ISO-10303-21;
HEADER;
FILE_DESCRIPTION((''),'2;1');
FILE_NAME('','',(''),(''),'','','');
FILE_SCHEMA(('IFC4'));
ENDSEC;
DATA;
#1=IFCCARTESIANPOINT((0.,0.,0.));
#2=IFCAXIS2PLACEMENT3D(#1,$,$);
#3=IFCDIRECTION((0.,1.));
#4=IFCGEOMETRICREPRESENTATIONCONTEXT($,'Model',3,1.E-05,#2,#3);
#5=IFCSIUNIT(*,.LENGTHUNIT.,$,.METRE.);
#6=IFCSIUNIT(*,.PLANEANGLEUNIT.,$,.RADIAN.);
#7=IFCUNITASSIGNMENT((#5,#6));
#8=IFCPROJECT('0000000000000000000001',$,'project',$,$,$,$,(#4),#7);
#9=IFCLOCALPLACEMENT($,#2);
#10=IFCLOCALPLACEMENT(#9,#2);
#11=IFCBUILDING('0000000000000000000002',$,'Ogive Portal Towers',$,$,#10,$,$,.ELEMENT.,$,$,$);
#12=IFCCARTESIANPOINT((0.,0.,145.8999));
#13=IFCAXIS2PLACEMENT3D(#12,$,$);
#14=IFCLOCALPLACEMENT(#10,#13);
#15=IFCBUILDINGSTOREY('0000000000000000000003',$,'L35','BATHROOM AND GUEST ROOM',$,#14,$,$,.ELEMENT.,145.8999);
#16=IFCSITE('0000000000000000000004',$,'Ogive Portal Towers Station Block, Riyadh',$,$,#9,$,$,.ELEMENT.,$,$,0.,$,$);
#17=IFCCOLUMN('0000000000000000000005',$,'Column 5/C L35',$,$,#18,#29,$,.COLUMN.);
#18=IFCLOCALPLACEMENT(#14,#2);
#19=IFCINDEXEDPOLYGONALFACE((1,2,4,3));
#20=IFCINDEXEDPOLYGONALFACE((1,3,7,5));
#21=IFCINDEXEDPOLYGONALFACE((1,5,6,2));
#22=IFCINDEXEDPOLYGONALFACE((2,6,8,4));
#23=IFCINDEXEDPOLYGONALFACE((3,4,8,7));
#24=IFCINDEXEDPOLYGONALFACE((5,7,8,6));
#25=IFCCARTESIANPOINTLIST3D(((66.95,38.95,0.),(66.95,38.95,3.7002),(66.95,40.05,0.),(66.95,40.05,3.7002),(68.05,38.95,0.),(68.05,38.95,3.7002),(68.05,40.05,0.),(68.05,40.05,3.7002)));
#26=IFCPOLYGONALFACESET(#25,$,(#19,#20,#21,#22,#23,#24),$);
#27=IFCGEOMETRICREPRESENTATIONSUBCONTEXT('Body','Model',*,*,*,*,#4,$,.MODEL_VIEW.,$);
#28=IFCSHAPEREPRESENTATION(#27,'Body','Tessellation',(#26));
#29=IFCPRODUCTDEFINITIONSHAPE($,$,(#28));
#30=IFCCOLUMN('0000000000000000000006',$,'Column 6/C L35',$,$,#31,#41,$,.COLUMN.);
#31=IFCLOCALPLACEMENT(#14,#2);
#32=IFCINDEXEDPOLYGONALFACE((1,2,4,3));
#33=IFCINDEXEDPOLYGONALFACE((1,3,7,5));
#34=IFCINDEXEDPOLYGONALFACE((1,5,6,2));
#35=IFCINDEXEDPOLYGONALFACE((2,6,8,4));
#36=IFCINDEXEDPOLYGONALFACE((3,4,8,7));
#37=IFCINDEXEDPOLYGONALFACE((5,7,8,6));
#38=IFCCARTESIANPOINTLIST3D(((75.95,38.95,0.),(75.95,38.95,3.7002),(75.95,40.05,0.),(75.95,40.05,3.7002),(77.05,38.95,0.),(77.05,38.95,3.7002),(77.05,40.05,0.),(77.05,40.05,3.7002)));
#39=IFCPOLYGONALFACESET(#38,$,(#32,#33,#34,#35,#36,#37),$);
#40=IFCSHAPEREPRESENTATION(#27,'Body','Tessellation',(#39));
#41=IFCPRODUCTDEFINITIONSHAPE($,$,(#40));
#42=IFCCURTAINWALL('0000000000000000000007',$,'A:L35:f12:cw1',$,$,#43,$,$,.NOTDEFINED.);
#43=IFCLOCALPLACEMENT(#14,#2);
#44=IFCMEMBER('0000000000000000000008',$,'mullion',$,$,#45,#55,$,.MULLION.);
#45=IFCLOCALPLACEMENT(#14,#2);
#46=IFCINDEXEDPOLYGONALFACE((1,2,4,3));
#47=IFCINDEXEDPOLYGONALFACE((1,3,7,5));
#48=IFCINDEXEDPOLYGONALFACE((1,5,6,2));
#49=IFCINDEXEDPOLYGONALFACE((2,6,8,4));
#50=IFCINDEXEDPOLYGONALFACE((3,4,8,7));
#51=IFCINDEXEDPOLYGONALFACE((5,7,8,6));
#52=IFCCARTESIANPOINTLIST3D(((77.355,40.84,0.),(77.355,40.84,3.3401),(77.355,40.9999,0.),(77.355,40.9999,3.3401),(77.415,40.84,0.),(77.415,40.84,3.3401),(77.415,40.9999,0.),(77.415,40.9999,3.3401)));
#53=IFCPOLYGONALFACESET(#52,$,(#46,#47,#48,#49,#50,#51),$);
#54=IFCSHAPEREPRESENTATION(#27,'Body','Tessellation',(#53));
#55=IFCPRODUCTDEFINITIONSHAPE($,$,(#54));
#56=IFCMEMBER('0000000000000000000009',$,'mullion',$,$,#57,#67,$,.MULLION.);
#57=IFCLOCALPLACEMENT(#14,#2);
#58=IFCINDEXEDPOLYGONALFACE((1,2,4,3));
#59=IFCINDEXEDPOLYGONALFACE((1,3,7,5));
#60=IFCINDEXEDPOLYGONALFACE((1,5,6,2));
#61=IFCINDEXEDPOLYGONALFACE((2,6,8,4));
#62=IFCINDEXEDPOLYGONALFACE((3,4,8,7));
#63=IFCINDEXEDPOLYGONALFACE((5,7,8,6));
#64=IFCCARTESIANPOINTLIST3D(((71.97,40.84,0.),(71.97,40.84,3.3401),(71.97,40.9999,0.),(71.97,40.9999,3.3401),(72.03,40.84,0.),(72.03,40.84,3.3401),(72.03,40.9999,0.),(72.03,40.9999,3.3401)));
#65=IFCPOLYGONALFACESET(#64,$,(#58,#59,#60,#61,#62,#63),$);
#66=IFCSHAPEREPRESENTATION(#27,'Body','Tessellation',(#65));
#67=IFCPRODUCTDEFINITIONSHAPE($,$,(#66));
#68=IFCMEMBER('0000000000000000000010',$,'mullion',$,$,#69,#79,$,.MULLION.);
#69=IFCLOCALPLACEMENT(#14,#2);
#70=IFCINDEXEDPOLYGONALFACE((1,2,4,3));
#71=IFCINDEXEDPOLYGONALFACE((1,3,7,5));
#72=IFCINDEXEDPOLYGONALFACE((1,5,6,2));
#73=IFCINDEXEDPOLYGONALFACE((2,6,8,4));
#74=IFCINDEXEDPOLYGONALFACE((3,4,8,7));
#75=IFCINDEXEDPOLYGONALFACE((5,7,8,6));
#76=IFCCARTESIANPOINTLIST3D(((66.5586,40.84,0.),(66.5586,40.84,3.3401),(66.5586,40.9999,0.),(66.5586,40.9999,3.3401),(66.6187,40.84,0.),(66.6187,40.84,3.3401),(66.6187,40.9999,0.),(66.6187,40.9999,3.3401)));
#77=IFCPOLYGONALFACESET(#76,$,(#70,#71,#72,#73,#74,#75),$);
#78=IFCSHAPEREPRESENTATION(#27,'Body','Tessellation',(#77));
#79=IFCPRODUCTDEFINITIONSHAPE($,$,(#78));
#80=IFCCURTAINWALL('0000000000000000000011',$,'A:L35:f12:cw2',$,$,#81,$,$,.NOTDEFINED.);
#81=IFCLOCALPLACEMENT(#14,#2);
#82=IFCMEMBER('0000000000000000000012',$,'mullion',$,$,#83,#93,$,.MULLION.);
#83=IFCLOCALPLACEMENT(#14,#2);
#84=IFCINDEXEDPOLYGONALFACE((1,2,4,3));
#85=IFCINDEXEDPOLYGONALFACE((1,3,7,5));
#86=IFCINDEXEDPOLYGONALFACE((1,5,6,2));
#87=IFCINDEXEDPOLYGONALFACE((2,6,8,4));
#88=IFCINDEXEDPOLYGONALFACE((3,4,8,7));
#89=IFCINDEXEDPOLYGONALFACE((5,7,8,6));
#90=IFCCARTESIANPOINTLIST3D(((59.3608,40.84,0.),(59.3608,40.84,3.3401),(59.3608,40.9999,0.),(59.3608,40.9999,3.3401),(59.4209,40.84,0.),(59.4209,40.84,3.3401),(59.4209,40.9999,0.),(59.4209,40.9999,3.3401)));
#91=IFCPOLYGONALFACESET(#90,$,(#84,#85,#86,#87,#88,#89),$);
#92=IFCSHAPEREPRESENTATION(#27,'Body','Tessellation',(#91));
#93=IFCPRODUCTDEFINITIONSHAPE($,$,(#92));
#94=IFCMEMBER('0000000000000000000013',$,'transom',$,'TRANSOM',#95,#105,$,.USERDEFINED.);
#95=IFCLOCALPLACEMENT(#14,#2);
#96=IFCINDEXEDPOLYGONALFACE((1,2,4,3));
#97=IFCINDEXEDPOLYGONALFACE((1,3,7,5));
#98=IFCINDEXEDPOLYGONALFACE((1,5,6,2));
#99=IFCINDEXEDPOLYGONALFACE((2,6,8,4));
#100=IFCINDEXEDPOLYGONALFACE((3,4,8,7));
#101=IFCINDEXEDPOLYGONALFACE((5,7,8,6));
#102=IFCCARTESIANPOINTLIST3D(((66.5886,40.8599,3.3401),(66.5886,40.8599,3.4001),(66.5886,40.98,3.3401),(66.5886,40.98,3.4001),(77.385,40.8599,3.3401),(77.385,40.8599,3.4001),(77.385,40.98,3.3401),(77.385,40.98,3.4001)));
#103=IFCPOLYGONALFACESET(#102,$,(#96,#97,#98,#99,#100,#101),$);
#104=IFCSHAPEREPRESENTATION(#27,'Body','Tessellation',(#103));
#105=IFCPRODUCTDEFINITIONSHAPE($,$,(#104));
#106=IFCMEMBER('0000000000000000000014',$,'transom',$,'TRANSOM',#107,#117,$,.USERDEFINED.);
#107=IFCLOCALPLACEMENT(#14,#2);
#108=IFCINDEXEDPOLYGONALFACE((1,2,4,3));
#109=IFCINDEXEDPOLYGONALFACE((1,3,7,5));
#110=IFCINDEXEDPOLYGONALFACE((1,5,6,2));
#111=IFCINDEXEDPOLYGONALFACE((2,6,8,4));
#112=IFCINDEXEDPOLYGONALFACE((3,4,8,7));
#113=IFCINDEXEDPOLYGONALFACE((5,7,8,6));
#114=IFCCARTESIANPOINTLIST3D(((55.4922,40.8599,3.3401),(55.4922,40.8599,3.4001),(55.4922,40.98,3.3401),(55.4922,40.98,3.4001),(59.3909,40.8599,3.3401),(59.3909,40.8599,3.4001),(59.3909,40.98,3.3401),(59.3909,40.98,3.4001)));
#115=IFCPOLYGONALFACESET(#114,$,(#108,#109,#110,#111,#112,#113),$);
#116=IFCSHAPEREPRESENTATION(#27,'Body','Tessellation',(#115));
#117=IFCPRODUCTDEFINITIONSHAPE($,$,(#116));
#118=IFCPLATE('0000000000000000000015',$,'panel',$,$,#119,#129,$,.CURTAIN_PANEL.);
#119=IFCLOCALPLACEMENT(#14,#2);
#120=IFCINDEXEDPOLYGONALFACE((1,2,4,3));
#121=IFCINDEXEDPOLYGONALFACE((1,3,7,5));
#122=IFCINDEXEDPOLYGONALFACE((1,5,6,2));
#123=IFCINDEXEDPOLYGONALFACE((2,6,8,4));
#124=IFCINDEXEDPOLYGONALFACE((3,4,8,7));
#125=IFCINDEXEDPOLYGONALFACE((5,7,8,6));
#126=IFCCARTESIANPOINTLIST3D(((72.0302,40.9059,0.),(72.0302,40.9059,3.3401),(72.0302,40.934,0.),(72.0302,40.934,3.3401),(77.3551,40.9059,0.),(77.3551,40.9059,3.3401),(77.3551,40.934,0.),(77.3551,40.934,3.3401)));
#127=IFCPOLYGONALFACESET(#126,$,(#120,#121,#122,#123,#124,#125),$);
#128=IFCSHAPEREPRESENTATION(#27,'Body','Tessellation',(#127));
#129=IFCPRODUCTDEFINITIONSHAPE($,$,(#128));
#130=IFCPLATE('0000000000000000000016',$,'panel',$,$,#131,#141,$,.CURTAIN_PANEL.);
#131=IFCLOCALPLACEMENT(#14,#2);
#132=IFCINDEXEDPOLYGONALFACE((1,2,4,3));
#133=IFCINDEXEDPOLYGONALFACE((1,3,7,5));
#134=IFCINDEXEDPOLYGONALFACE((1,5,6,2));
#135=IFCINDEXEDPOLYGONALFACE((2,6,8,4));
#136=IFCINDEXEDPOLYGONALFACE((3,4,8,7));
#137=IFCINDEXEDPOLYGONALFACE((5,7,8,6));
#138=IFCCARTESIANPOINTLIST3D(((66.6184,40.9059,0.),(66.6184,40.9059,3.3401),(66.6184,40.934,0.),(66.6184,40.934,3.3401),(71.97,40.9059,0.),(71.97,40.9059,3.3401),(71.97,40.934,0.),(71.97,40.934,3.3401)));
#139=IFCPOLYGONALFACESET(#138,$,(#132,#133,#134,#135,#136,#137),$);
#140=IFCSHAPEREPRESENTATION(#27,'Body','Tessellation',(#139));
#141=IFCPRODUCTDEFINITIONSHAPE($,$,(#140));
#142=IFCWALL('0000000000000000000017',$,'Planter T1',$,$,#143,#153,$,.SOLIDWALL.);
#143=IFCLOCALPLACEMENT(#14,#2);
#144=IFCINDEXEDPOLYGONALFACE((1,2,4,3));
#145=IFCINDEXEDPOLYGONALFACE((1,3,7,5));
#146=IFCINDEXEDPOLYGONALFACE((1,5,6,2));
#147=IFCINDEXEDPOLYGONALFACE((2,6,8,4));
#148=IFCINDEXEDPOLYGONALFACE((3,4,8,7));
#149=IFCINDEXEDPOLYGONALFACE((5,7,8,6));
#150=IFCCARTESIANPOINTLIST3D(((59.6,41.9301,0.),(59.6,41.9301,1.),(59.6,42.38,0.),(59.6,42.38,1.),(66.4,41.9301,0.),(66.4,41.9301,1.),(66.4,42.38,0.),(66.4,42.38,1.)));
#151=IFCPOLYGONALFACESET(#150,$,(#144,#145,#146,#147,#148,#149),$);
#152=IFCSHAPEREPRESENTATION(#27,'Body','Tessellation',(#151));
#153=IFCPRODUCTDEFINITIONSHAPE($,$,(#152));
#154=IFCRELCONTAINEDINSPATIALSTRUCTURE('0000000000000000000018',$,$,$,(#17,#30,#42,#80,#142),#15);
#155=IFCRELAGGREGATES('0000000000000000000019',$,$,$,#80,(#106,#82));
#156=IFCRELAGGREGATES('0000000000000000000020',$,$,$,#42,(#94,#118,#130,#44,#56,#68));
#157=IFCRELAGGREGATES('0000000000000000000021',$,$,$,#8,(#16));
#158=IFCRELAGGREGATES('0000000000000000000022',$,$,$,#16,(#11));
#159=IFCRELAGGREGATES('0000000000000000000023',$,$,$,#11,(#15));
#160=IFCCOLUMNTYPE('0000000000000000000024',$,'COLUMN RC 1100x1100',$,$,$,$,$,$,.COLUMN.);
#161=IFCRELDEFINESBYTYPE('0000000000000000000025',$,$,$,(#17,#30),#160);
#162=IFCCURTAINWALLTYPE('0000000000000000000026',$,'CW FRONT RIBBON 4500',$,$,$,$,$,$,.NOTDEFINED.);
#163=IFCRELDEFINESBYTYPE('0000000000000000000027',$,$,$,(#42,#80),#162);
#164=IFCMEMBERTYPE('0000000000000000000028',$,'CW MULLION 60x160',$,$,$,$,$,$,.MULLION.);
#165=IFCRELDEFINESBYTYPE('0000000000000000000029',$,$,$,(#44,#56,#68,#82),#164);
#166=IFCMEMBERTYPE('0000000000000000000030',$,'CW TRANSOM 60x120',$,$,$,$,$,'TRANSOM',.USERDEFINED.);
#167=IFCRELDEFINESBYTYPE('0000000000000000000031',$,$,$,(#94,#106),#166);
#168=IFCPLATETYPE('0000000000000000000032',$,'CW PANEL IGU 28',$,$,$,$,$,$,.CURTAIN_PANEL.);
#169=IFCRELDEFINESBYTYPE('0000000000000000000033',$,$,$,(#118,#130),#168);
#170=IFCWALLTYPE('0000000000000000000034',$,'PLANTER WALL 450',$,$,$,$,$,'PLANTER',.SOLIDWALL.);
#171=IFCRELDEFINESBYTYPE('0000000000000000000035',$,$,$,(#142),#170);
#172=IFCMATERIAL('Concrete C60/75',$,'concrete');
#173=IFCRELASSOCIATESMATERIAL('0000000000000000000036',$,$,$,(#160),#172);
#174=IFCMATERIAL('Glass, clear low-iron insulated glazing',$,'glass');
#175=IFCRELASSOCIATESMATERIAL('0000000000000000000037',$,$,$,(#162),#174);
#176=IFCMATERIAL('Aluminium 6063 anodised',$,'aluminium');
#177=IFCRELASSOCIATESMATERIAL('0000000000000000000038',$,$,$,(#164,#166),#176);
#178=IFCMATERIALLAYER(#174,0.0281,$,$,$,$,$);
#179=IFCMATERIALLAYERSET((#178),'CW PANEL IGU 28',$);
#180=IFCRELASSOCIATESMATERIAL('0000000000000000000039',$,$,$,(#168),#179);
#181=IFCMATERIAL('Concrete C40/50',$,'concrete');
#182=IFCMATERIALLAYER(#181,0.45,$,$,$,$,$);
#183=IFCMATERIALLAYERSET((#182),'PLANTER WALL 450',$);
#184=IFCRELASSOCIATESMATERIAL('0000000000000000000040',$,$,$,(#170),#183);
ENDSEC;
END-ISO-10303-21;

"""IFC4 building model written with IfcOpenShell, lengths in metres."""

from ifc_helpers import new_model, si_unit, direction, frame, origin, origin_2d, place, context, subcontext, project, spatial, rectangle, extrude, material, layer, layer_set, material_profile, profile_set, type_object, element, aggregate, save


model = new_model("IFC4")

# Units and contexts
model_context = context("Model", 3, precision=1e-05, world=origin(), true_north=direction((0.0, 1.0)))
body_context = subcontext(model_context, "Body", "Model", "MODEL_VIEW")
ifc_project = project(units=[si_unit("LENGTHUNIT", "METRE"), si_unit("PLANEANGLEUNIT", "RADIAN")], contexts=[model_context])

# Site, building, storey
site_placement = place(None, origin())
site = spatial("IfcSite", under=ifc_project, at=site_placement, Name="Ogive Portal Towers Station Block, Riyadh", CompositionType="ELEMENT", RefElevation=0.0)
building_placement = place(site_placement, origin())
building = spatial("IfcBuilding", under=site, at=building_placement, Name="Ogive Portal Towers", CompositionType="ELEMENT")
storey_placement = place(building_placement, frame((0.0, 0.0, 145.8999)))
storey = spatial("IfcBuildingStorey", under=building, at=storey_placement, Name="L35", Description="BATHROOM AND GUEST ROOM", CompositionType="ELEMENT", Elevation=145.8999)

# Columns
ifc_material_1 = material(Name="Concrete C60/75", Category="concrete")
ifc_material_profile_1 = material_profile(ifc_material_1, rectangle(XDim=1.1001, YDim=1.1001, at=origin_2d()), Name="RC 1100x1100")
ifc_profile_set_1 = profile_set([ifc_material_profile_1], Name="Concrete C60/75")
column_type = type_object("IfcColumnType", Name="COLUMN RC 1100x1100", PredefinedType="COLUMN", material=ifc_profile_set_1)
for number, where, z_axis, x_axis, name in (
    (1, (67.5, 39.5, 0.0), (0.0, 0.0, 1.0), (1.0, 0.0, 0.0), "Column 5/C L35"),
    (2, (76.5, 39.5, 0.0), (0.0, 0.0, 1.0), (1.0, 0.0, 0.0), "Column 6/C L35"),
):
    element("IfcColumn", number, at=place(storey_placement, frame(where, z_axis=z_axis, x_axis=x_axis)), inside=storey, type_object=column_type, Name=name, PredefinedType="COLUMN", context=body_context, shape_type="SweptSolid", body=[
        extrude(rectangle(XDim=1.1001, YDim=1.1001, at=origin_2d()), origin(), (0.0, 0.0, 1.0), 3.7002),
    ])

# Curtain wall, members
ifc_material_2 = material(Name="Glass, clear low-iron insulated glazing", Category="glass")
curtain_wall_type = type_object("IfcCurtainWallType", Name="CW FRONT RIBBON 4500", PredefinedType="NOTDEFINED", material=ifc_material_2)
curtain_wall_1_placement = place(storey_placement, origin())
curtain_wall_1 = element("IfcCurtainWall", 3, at=curtain_wall_1_placement, inside=storey, type_object=curtain_wall_type, Name="A:L35:f12:cw1", PredefinedType="NOTDEFINED")
ifc_material_3 = material(Name="Aluminium 6063 anodised", Category="aluminium")
ifc_material_profile_2 = material_profile(ifc_material_3, rectangle(XDim=0.1599, YDim=0.0601, at=origin_2d()), Name="AL 60x160")
ifc_profile_set_2 = profile_set([ifc_material_profile_2], Name="Aluminium 6063 anodised")
member_type_1 = type_object("IfcMemberType", Name="CW MULLION 60x160", PredefinedType="MULLION", material=ifc_profile_set_2)
member_1_placement = place(storey_placement, frame((77.385, 40.9199, 0.0), z_axis=(0.0, 0.0, 1.0), x_axis=(0.0, -1.0, 0.0)))
member_1 = element("IfcMember", 4, at=member_1_placement, type_object=member_type_1, Name="mullion", PredefinedType="MULLION", context=body_context, shape_type="SweptSolid", body=[
    extrude(rectangle(XDim=0.1599, YDim=0.0601, at=origin_2d()), origin(), (0.0, 0.0, 1.0), 3.3401),
])
member_2_placement = place(storey_placement, frame((72.0, 40.9199, 0.0), z_axis=(0.0, 0.0, 1.0), x_axis=(0.0, -1.0, 0.0)))
member_2 = element("IfcMember", 5, at=member_2_placement, type_object=member_type_1, Name="mullion", PredefinedType="MULLION", context=body_context, shape_type="SweptSolid", body=[
    extrude(rectangle(XDim=0.1599, YDim=0.0601, at=origin_2d()), origin(), (0.0, 0.0, 1.0), 3.3401),
])
member_3_placement = place(storey_placement, frame((66.5886, 40.9199, 0.0), z_axis=(0.0, 0.0, 1.0), x_axis=(0.0, -1.0, 0.0)))
member_3 = element("IfcMember", 6, at=member_3_placement, type_object=member_type_1, Name="mullion", PredefinedType="MULLION", context=body_context, shape_type="SweptSolid", body=[
    extrude(rectangle(XDim=0.1599, YDim=0.0601, at=origin_2d()), origin(), (0.0, 0.0, 1.0), 3.3401),
])

# Curtain wall, member
curtain_wall_2_placement = place(storey_placement, origin())
curtain_wall_2 = element("IfcCurtainWall", 7, at=curtain_wall_2_placement, inside=storey, type_object=curtain_wall_type, Name="A:L35:f12:cw2", PredefinedType="NOTDEFINED")
member_4_placement = place(storey_placement, frame((59.3909, 40.9199, 0.0), z_axis=(0.0, 0.0, 1.0), x_axis=(0.0, -1.0, 0.0)))
member_4 = element("IfcMember", 8, at=member_4_placement, type_object=member_type_1, Name="mullion", PredefinedType="MULLION", context=body_context, shape_type="SweptSolid", body=[
    extrude(rectangle(XDim=0.1599, YDim=0.0601, at=origin_2d()), origin(), (0.0, 0.0, 1.0), 3.3401),
])

# Members
ifc_material_profile_3 = material_profile(ifc_material_3, rectangle(XDim=0.1201, YDim=0.0601, at=origin_2d()), Name="AL 120x60")
ifc_profile_set_3 = profile_set([ifc_material_profile_3], Name="Aluminium 6063 anodised")
member_type_2 = type_object("IfcMemberType", Name="CW TRANSOM 60x120", ElementType="TRANSOM", PredefinedType="USERDEFINED", material=ifc_profile_set_3)
member_5_placement = place(storey_placement, frame((77.385, 40.9199, 3.3701), z_axis=(-1.0, 0.0, 0.0), x_axis=(0.0, -1.0, 0.0)))
member_5 = element("IfcMember", 9, at=member_5_placement, type_object=member_type_2, Name="transom", ObjectType="TRANSOM", PredefinedType="USERDEFINED", context=body_context, shape_type="SweptSolid", body=[
    extrude(rectangle(XDim=0.1201, YDim=0.0601, at=origin_2d()), origin(), (0.0, 0.0, 1.0), 10.7964),
])
member_6_placement = place(storey_placement, frame((59.3909, 40.9199, 3.3701), z_axis=(-1.0, 0.0, 0.0), x_axis=(0.0, -1.0, 0.0)))
member_6 = element("IfcMember", 10, at=member_6_placement, type_object=member_type_2, Name="transom", ObjectType="TRANSOM", PredefinedType="USERDEFINED", context=body_context, shape_type="SweptSolid", body=[
    extrude(rectangle(XDim=0.1201, YDim=0.0601, at=origin_2d()), origin(), (0.0, 0.0, 1.0), 3.8987),
])
aggregate(curtain_wall_2, [member_6, member_4])

# Plates
ifc_layer_1 = layer(ifc_material_2, 0.0281)
ifc_layer_set_1 = layer_set([ifc_layer_1], Name="CW PANEL IGU 28")
plate_type = type_object("IfcPlateType", Name="CW PANEL IGU 28", PredefinedType="CURTAIN_PANEL", material=ifc_layer_set_1)
plate_1_placement = place(storey_placement, frame((74.6926, 40.9199, 0.0), z_axis=(0.0, 0.0, 1.0), x_axis=(-1.0, 0.0, 0.0)))
plate_1 = element("IfcPlate", 11, at=plate_1_placement, type_object=plate_type, Name="panel", PredefinedType="CURTAIN_PANEL", context=body_context, shape_type="SweptSolid", body=[
    extrude(rectangle(XDim=5.325, YDim=0.0281, at=origin_2d()), origin(), (0.0, 0.0, 1.0), 3.3401),
])
plate_2_placement = place(storey_placement, frame((69.2942, 40.9199, 0.0), z_axis=(0.0, 0.0, 1.0), x_axis=(-1.0, 0.0, 0.0)))
plate_2 = element("IfcPlate", 12, at=plate_2_placement, type_object=plate_type, Name="panel", PredefinedType="CURTAIN_PANEL", context=body_context, shape_type="SweptSolid", body=[
    extrude(rectangle(XDim=5.3516, YDim=0.0281, at=origin_2d()), origin(), (0.0, 0.0, 1.0), 3.3401),
])
aggregate(curtain_wall_1, [member_5, plate_1, plate_2, member_1, member_2, member_3])

# Wall
ifc_material_4 = material(Name="Concrete C40/50", Category="concrete")
ifc_layer_2 = layer(ifc_material_4, 0.45)
ifc_layer_set_2 = layer_set([ifc_layer_2], Name="PLANTER WALL 450")
wall_type_1 = type_object("IfcWallType", Name="PLANTER WALL 450", ElementType="PLANTER", PredefinedType="SOLIDWALL", material=ifc_layer_set_2)
wall_1_placement = place(storey_placement, frame((63.0, 42.155, 0.0), z_axis=(0.0, 0.0, 1.0), x_axis=(1.0, 0.0, 0.0)))
element("IfcWall", 13, at=wall_1_placement, inside=storey, type_object=wall_type_1, Name="Planter T1", PredefinedType="SOLIDWALL", context=body_context, shape_type="SweptSolid", body=[
    extrude(rectangle(XDim=6.8, YDim=0.45, at=origin_2d()), origin(), (0.0, 0.0, 1.0), 1.0),
])

save(model, "model.ifc")
